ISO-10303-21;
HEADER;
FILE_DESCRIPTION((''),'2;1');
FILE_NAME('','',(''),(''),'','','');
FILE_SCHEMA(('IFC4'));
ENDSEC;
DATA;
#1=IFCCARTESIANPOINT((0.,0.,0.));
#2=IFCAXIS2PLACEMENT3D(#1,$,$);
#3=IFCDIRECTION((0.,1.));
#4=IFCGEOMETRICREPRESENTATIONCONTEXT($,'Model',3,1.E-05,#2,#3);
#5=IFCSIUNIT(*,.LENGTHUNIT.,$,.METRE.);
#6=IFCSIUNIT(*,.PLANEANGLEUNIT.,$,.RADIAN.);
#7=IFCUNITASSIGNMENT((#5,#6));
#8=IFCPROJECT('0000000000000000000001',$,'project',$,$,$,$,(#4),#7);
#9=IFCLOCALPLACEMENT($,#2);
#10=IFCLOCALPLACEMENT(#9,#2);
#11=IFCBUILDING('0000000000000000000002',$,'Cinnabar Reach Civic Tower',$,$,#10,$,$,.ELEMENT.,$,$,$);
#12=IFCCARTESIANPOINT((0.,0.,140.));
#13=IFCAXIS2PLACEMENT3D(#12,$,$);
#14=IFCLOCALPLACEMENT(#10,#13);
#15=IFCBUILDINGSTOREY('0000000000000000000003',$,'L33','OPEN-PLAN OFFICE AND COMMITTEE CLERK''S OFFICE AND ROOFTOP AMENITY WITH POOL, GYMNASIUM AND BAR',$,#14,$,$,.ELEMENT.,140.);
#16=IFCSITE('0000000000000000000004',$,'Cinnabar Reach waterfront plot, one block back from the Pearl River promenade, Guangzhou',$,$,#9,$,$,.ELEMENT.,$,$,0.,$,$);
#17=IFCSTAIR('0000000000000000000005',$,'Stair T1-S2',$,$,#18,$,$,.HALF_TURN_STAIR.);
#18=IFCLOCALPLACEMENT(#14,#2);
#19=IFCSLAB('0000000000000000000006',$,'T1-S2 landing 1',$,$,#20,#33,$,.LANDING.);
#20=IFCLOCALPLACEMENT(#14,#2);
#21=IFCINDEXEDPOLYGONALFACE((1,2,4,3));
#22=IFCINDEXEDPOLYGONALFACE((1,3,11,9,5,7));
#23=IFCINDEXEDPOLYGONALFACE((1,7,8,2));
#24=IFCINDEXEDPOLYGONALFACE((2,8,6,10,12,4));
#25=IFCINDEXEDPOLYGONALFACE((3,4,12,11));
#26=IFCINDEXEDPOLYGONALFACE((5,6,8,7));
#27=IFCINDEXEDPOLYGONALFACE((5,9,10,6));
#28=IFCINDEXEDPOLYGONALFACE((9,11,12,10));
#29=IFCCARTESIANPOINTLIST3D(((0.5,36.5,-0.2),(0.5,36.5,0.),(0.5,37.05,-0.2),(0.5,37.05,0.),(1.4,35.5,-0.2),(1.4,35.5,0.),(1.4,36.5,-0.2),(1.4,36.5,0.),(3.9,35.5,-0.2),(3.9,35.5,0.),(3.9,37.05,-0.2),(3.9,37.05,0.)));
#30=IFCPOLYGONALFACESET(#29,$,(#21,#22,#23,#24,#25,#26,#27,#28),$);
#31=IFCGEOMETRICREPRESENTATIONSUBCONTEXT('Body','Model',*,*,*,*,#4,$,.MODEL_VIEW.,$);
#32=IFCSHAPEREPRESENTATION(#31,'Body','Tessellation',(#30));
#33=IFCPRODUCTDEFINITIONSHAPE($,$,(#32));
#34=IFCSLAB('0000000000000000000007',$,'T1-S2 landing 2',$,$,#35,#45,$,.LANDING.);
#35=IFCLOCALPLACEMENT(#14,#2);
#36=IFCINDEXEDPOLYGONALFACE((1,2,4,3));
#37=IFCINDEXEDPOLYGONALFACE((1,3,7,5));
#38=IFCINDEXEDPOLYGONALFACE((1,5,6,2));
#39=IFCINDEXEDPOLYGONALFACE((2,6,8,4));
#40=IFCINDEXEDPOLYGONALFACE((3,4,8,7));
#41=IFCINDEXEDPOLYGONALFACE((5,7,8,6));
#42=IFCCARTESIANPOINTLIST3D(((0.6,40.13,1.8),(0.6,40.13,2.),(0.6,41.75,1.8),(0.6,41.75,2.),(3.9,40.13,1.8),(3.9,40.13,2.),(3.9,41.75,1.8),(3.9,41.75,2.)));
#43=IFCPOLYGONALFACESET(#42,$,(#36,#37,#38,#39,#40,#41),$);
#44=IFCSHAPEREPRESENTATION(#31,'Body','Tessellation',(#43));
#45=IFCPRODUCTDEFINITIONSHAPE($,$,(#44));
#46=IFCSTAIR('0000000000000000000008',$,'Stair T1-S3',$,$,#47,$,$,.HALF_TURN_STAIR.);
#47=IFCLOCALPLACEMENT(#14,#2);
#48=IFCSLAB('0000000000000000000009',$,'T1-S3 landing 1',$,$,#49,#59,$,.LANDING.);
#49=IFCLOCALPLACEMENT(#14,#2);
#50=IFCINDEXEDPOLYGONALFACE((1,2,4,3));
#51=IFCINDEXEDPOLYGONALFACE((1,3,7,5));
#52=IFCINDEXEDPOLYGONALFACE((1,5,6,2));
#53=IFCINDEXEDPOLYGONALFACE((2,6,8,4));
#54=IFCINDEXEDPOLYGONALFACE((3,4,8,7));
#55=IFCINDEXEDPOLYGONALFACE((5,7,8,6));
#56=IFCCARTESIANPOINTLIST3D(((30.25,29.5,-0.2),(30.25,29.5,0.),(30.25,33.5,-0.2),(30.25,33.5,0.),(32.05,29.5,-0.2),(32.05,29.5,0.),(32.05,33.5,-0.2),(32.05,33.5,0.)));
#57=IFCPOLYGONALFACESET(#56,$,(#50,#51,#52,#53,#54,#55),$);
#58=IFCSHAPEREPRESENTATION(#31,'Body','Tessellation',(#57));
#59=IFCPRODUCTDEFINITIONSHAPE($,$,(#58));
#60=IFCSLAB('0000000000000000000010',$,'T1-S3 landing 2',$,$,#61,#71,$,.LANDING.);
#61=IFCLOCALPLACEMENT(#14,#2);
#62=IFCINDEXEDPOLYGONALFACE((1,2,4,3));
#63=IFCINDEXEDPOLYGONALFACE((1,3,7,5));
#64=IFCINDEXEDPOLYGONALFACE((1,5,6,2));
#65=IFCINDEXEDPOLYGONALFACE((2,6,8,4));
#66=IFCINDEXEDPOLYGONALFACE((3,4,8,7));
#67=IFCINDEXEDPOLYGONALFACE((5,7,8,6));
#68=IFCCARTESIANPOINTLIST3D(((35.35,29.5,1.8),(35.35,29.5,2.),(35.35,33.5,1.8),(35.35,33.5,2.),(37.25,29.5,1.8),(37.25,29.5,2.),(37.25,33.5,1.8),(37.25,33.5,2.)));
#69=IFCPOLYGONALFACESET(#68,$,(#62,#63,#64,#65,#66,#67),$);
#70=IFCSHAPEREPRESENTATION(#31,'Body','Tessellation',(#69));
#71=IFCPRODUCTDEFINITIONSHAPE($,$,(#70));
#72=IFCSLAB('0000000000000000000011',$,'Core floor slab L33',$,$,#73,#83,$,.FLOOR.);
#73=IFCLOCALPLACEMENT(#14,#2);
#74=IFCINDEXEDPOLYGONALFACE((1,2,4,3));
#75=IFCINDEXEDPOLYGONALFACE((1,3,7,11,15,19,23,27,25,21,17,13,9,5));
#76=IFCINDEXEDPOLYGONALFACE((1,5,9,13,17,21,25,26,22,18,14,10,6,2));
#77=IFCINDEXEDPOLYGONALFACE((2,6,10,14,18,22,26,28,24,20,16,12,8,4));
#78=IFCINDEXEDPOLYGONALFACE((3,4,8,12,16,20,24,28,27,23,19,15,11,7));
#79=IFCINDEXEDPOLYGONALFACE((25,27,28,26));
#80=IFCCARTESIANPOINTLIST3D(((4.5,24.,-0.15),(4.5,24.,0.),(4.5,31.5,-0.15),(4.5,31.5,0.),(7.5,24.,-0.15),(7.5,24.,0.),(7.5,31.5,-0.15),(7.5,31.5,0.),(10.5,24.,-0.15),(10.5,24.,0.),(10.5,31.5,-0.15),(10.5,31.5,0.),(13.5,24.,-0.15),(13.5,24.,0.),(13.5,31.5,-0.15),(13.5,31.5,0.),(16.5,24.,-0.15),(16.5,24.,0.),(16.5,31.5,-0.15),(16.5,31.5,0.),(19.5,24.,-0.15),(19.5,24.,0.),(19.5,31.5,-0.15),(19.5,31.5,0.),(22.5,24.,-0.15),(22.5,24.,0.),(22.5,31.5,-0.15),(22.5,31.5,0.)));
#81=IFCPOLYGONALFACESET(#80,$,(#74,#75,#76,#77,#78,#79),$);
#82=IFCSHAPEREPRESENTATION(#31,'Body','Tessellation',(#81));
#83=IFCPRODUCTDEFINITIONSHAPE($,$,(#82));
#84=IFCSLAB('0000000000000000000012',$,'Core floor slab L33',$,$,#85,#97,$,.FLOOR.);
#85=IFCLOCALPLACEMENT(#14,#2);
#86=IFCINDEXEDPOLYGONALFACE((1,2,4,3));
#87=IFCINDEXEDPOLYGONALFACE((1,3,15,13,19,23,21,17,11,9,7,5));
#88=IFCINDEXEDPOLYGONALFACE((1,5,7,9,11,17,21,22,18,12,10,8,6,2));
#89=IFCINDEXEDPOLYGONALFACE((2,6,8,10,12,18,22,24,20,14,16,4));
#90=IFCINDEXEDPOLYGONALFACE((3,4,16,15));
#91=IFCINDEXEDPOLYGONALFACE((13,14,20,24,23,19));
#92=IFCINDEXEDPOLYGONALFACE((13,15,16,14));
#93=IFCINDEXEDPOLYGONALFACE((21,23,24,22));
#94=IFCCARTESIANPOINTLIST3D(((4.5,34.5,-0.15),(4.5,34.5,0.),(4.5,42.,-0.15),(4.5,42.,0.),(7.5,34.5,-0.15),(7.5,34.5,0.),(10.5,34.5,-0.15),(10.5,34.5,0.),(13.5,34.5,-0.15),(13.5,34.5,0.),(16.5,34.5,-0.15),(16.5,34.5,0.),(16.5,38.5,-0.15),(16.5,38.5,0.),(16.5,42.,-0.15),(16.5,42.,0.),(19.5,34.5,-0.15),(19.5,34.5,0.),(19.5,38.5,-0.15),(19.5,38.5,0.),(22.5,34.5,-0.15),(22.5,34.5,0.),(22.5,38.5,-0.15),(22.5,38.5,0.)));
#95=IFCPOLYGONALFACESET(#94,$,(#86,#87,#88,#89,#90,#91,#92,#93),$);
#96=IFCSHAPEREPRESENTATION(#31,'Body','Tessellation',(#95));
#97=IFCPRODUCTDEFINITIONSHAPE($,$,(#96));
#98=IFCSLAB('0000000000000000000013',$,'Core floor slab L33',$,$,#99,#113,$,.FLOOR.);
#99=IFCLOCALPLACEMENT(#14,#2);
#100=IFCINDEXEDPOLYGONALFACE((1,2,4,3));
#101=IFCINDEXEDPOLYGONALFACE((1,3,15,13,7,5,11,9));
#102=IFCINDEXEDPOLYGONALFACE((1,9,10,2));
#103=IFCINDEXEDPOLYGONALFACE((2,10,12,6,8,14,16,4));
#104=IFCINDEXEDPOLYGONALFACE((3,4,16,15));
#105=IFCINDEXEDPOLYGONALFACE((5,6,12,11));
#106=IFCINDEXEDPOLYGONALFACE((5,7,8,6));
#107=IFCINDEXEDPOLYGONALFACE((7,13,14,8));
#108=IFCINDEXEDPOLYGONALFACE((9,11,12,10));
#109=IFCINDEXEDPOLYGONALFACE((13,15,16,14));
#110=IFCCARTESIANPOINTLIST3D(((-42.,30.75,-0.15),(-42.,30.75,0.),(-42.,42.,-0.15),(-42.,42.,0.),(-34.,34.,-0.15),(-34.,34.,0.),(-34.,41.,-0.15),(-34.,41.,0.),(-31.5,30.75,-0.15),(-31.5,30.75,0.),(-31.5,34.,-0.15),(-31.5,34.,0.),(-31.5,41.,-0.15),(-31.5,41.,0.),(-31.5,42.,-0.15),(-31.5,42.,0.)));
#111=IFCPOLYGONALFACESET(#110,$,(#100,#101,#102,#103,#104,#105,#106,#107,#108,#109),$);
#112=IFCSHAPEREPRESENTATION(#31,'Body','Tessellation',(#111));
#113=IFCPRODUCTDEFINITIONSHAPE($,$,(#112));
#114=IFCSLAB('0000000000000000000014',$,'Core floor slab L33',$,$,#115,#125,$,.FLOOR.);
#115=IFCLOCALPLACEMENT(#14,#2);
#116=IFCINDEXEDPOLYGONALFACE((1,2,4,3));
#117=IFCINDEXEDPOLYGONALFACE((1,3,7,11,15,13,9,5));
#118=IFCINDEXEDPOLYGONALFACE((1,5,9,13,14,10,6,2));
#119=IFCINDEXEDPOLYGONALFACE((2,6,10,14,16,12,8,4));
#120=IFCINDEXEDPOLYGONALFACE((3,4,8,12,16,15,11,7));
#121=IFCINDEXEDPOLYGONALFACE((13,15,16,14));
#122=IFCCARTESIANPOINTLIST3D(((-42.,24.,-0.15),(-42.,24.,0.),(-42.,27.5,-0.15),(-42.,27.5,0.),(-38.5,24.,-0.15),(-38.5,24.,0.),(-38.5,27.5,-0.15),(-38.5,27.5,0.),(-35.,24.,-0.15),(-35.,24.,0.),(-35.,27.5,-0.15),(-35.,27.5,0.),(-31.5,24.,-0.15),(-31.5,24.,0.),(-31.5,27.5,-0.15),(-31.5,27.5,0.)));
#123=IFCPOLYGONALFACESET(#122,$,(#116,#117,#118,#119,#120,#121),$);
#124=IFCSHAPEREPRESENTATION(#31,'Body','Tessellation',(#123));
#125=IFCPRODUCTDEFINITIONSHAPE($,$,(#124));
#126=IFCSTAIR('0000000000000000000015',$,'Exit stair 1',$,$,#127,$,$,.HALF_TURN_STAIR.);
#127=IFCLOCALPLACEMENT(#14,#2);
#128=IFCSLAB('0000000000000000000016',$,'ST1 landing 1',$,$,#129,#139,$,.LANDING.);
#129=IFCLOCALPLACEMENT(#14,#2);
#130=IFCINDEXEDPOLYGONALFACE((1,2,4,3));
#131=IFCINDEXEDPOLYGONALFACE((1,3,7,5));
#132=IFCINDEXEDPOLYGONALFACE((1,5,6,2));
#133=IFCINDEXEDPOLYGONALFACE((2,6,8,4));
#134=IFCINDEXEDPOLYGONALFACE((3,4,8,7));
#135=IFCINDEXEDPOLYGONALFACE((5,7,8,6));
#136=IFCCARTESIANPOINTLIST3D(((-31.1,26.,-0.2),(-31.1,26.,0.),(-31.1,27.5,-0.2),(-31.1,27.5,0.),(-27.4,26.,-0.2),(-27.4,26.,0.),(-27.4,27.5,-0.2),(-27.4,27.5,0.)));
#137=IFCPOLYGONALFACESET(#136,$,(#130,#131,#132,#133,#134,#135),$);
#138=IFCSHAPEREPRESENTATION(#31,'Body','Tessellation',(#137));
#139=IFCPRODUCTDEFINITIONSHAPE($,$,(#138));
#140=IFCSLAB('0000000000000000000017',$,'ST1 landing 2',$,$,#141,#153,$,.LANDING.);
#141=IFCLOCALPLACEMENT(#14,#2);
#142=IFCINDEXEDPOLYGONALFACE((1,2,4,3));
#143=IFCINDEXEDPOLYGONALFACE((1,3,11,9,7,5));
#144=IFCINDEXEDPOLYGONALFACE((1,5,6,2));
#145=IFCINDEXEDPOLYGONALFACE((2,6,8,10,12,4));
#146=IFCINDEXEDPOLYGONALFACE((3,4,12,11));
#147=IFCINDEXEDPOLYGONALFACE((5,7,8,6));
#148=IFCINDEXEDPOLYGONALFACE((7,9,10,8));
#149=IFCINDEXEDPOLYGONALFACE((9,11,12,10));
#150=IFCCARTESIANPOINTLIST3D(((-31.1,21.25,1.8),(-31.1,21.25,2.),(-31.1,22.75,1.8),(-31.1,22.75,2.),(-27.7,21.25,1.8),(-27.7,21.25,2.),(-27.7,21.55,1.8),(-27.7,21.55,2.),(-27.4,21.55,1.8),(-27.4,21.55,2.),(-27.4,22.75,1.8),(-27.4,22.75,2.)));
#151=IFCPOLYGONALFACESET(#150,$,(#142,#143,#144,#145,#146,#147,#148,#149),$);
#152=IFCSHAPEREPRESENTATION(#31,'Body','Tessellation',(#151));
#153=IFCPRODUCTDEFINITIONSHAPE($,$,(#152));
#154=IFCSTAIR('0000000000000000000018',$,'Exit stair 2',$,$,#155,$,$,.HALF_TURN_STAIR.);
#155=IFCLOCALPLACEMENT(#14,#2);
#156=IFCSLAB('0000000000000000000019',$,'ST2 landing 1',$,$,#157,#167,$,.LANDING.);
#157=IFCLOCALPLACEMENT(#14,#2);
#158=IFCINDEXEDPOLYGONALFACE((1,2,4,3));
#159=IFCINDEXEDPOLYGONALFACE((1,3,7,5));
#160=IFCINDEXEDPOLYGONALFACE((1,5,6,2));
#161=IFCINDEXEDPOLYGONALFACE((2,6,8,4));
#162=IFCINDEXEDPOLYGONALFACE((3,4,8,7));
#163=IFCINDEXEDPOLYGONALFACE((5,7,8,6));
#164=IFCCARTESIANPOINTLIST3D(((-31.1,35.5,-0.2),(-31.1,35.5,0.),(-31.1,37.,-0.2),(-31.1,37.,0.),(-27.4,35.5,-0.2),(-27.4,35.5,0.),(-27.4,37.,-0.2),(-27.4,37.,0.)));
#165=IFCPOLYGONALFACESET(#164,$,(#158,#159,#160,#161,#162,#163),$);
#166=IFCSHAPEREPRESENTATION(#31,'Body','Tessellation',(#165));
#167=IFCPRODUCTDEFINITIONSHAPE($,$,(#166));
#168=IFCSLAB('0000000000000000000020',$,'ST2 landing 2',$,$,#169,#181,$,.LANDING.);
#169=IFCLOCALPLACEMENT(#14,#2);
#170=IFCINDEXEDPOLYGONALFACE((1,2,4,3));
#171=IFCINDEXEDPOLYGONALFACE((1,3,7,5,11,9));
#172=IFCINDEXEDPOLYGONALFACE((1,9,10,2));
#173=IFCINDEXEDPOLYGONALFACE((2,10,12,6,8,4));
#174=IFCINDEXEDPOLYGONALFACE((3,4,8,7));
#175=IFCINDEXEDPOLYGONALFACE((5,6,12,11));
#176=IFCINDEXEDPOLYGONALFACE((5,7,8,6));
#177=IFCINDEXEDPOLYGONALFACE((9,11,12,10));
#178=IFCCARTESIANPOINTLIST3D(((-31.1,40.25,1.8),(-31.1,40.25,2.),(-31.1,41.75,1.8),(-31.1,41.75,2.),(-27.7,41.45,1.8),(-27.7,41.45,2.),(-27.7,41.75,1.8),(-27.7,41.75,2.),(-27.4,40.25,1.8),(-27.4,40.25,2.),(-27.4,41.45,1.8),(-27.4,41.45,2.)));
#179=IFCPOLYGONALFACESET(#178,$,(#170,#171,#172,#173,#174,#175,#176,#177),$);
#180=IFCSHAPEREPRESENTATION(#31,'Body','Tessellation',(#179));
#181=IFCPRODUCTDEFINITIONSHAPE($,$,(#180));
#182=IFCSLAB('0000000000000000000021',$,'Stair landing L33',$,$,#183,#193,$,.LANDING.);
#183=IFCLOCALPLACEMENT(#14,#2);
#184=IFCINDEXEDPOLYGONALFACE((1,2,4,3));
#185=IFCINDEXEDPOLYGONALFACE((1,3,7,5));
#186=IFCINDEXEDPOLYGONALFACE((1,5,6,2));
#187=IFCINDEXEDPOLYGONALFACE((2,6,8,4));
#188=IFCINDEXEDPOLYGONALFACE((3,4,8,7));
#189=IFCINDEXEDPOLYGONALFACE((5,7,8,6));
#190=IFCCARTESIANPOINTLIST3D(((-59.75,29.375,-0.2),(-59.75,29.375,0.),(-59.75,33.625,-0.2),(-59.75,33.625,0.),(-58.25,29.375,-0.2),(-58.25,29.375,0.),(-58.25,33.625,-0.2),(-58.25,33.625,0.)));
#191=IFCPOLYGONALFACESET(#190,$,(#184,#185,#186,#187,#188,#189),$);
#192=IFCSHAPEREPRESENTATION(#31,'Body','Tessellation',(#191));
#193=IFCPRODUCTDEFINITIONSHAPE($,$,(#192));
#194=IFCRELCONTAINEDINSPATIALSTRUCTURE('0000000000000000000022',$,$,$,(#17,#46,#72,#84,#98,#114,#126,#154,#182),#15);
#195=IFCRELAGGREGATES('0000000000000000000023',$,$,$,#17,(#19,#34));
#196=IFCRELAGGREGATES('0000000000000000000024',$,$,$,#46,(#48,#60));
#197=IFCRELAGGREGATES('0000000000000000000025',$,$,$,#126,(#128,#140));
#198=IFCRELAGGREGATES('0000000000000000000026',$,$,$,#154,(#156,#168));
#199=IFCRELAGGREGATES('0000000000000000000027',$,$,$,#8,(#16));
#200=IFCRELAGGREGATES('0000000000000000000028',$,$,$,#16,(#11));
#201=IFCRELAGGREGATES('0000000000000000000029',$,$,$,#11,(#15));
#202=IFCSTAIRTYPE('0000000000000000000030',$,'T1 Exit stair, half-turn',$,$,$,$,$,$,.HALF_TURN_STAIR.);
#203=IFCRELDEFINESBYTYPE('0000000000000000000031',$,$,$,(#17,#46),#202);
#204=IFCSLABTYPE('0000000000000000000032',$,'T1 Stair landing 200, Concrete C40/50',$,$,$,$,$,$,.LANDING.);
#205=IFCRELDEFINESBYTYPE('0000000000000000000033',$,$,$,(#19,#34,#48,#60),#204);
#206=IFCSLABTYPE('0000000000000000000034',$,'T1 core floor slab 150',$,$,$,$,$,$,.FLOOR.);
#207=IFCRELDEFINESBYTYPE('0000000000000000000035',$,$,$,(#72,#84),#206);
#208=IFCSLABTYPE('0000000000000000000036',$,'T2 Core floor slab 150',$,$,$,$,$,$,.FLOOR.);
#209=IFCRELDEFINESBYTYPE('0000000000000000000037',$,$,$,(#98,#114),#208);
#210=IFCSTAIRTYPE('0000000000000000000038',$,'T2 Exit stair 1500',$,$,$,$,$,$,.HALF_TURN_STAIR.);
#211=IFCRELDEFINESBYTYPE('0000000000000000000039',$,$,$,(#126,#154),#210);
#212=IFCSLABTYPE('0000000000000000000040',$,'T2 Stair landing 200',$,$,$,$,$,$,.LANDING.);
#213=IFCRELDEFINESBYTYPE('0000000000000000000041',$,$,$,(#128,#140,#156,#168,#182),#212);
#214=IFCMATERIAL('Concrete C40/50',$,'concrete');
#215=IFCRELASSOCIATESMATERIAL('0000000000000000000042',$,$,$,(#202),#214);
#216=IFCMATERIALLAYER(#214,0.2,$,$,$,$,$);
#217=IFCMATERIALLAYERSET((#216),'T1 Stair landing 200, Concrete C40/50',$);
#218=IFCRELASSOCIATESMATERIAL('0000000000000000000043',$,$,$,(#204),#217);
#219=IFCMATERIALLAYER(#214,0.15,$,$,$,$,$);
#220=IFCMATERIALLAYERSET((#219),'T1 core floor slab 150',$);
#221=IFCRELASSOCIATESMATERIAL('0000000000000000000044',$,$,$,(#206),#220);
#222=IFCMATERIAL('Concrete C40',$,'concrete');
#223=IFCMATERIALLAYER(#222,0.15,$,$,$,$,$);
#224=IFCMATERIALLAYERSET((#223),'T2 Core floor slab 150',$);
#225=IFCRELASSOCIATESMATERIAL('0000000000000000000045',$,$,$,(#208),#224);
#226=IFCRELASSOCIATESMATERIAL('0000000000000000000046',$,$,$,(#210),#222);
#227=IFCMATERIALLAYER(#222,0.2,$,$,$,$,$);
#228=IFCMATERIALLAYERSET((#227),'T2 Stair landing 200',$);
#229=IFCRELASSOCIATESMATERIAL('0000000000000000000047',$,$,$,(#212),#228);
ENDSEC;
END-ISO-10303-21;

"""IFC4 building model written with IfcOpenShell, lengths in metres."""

from ifc_helpers import new_model, si_unit, direction, frame, origin, place, context, subcontext, project, spatial, polyline, outline, extrude, material, layer, layer_set, type_object, element, aggregate, save


model = new_model("IFC4")

# Units and contexts
model_context = context("Model", 3, precision=1e-05, world=origin(), true_north=direction((0.0, 1.0)))
body_context = subcontext(model_context, "Body", "Model", "MODEL_VIEW")
ifc_project = project(units=[si_unit("LENGTHUNIT", "METRE"), si_unit("PLANEANGLEUNIT", "RADIAN")], contexts=[model_context])

# Site, building, storey
site_placement = place(None, origin())
site = spatial("IfcSite", under=ifc_project, at=site_placement, Name="Cinnabar Reach waterfront plot, one block back from the Pearl River promenade, Guangzhou", CompositionType="ELEMENT", RefElevation=0.0)
building_placement = place(site_placement, origin())
building = spatial("IfcBuilding", under=site, at=building_placement, Name="Cinnabar Reach Civic Tower", CompositionType="ELEMENT")
storey_placement = place(building_placement, frame((0.0, 0.0, 140.0)))
storey = spatial("IfcBuildingStorey", under=building, at=storey_placement, Name="L33", Description="OPEN-PLAN OFFICE AND COMMITTEE CLERK'S OFFICE AND ROOFTOP AMENITY WITH POOL, GYMNASIUM AND BAR", CompositionType="ELEMENT", Elevation=140.0)

# Shared definitions
ifc_material_1 = material(Name="Concrete C40", Category="concrete")

# Stairs, slabs
ifc_material_2 = material(Name="Concrete C40/50", Category="concrete")
stair_type_1 = type_object("IfcStairType", Name="T1 Exit stair, half-turn", PredefinedType="HALF_TURN_STAIR", material=ifc_material_2)
ifc_layer_1 = layer(ifc_material_2, 0.2)
ifc_layer_set_1 = layer_set([ifc_layer_1], Name="T1 Stair landing 200, Concrete C40/50")
slab_type_1 = type_object("IfcSlabType", Name="T1 Stair landing 200, Concrete C40/50", PredefinedType="LANDING", material=ifc_layer_set_1)
stair_1_placement = place(storey_placement, origin())
stair_1 = element("IfcStair", 1, at=stair_1_placement, inside=storey, type_object=stair_type_1, Name="Stair T1-S2", PredefinedType="HALF_TURN_STAIR")
slab_1_placement = place(storey_placement, frame((0.0, 0.0, -0.2)))
slab_1 = element("IfcSlab", 2, at=slab_1_placement, type_object=slab_type_1, Name="T1-S2 landing 1", PredefinedType="LANDING", context=body_context, shape_type="SweptSolid", body=[
    extrude(outline(polyline([(0.5, 37.05), (3.9, 37.05), (3.9, 35.5), (1.4, 35.5), (1.4, 36.5), (0.5, 36.5), (0.5, 37.05)])), origin(), (0.0, 0.0, 1.0), 0.2),
])
slab_2_placement = place(storey_placement, frame((0.0, 0.0, 1.8)))
slab_2 = element("IfcSlab", 3, at=slab_2_placement, type_object=slab_type_1, Name="T1-S2 landing 2", PredefinedType="LANDING", context=body_context, shape_type="SweptSolid", body=[
    extrude(outline(polyline([(0.6, 40.13), (0.6, 41.75), (3.9, 41.75), (3.9, 40.13), (0.6, 40.13)])), origin(), (0.0, 0.0, 1.0), 0.2),
])
aggregate(stair_1, [slab_1, slab_2])
stair_2_placement = place(storey_placement, origin())
stair_2 = element("IfcStair", 4, at=stair_2_placement, inside=storey, type_object=stair_type_1, Name="Stair T1-S3", PredefinedType="HALF_TURN_STAIR")
slab_3_placement = place(storey_placement, frame((0.0, 0.0, -0.2)))
slab_3 = element("IfcSlab", 5, at=slab_3_placement, type_object=slab_type_1, Name="T1-S3 landing 1", PredefinedType="LANDING", context=body_context, shape_type="SweptSolid", body=[
    extrude(outline(polyline([(30.25, 29.5), (32.05, 29.5), (32.05, 33.5), (30.25, 33.5), (30.25, 29.5)])), origin(), (0.0, 0.0, 1.0), 0.2),
])
slab_4_placement = place(storey_placement, frame((0.0, 0.0, 1.8)))
slab_4 = element("IfcSlab", 6, at=slab_4_placement, type_object=slab_type_1, Name="T1-S3 landing 2", PredefinedType="LANDING", context=body_context, shape_type="SweptSolid", body=[
    extrude(outline(polyline([(35.35, 29.5), (37.25, 29.5), (37.25, 33.5), (35.35, 33.5), (35.35, 29.5)])), origin(), (0.0, 0.0, 1.0), 0.2),
])
aggregate(stair_2, [slab_3, slab_4])

# Slabs
ifc_layer_2 = layer(ifc_material_2, 0.15)
ifc_layer_set_2 = layer_set([ifc_layer_2], Name="T1 core floor slab 150")
slab_type_2 = type_object("IfcSlabType", Name="T1 core floor slab 150", PredefinedType="FLOOR", material=ifc_layer_set_2)
slab_5_placement = place(storey_placement, frame((0.0, 0.0, -0.15)))
element("IfcSlab", 7, at=slab_5_placement, inside=storey, type_object=slab_type_2, Name="Core floor slab L33", PredefinedType="FLOOR", context=body_context, shape_type="SweptSolid", body=[
    extrude(outline(polyline([(22.5, 24.0), (19.5, 24.0), (16.5, 24.0), (13.5, 24.0), (10.5, 24.0), (7.5, 24.0), (4.5, 24.0), (4.5, 31.5), (7.5, 31.5), (10.5, 31.5), (13.5, 31.5), (16.5, 31.5), (19.5, 31.5), (22.5, 31.5), (22.5, 24.0)])), origin(), (0.0, 0.0, 1.0), 0.15),
])
slab_6_placement = place(storey_placement, frame((0.0, 0.0, -0.15)))
element("IfcSlab", 8, at=slab_6_placement, inside=storey, type_object=slab_type_2, Name="Core floor slab L33", PredefinedType="FLOOR", context=body_context, shape_type="SweptSolid", body=[
    extrude(outline(polyline([(22.5, 34.5), (19.5, 34.5), (16.5, 34.5), (13.5, 34.5), (10.5, 34.5), (7.5, 34.5), (4.5, 34.5), (4.5, 42.0), (16.5, 42.0), (16.5, 38.5), (19.5, 38.5), (22.5, 38.5), (22.5, 34.5)])), origin(), (0.0, 0.0, 1.0), 0.15),
])
ifc_layer_3 = layer(ifc_material_1, 0.15)
ifc_layer_set_3 = layer_set([ifc_layer_3], Name="T2 Core floor slab 150")
slab_type_3 = type_object("IfcSlabType", Name="T2 Core floor slab 150", PredefinedType="FLOOR", material=ifc_layer_set_3)
slab_7_placement = place(storey_placement, frame((0.0, 0.0, -0.15)))
element("IfcSlab", 9, at=slab_7_placement, inside=storey, type_object=slab_type_3, Name="Core floor slab L33", PredefinedType="FLOOR", context=body_context, shape_type="SweptSolid", body=[
    extrude(outline(polyline([(-42.0, 42.0), (-31.5, 42.0), (-31.5, 41.0), (-34.0, 41.0), (-34.0, 34.0), (-31.5, 34.0), (-31.5, 30.75), (-42.0, 30.75), (-42.0, 42.0)])), origin(), (0.0, 0.0, 1.0), 0.15),
])
slab_8_placement = place(storey_placement, frame((0.0, 0.0, -0.15)))
element("IfcSlab", 10, at=slab_8_placement, inside=storey, type_object=slab_type_3, Name="Core floor slab L33", PredefinedType="FLOOR", context=body_context, shape_type="SweptSolid", body=[
    extrude(outline(polyline([(-35.0, 24.0), (-38.5, 24.0), (-42.0, 24.0), (-42.0, 27.5), (-38.5, 27.5), (-35.0, 27.5), (-31.5, 27.5), (-31.5, 24.0), (-35.0, 24.0)])), origin(), (0.0, 0.0, 1.0), 0.15),
])

# Stairs, slabs
stair_type_2 = type_object("IfcStairType", Name="T2 Exit stair 1500", PredefinedType="HALF_TURN_STAIR", material=ifc_material_1)
stair_3_placement = place(storey_placement, origin())
stair_3 = element("IfcStair", 11, at=stair_3_placement, inside=storey, type_object=stair_type_2, Name="Exit stair 1", PredefinedType="HALF_TURN_STAIR")
ifc_layer_4 = layer(ifc_material_1, 0.2)
ifc_layer_set_4 = layer_set([ifc_layer_4], Name="T2 Stair landing 200")
slab_type_4 = type_object("IfcSlabType", Name="T2 Stair landing 200", PredefinedType="LANDING", material=ifc_layer_set_4)
slab_9_placement = place(storey_placement, frame((0.0, 0.0, -0.2)))
slab_9 = element("IfcSlab", 12, at=slab_9_placement, type_object=slab_type_4, Name="ST1 landing 1", PredefinedType="LANDING", context=body_context, shape_type="SweptSolid", body=[
    extrude(outline(polyline([(-31.1, 26.0), (-31.1, 27.5), (-27.4, 27.5), (-27.4, 26.0), (-31.1, 26.0)])), origin(), (0.0, 0.0, 1.0), 0.2),
])
slab_10_placement = place(storey_placement, frame((0.0, 0.0, 1.8)))
slab_10 = element("IfcSlab", 13, at=slab_10_placement, type_object=slab_type_4, Name="ST1 landing 2", PredefinedType="LANDING", context=body_context, shape_type="SweptSolid", body=[
    extrude(outline(polyline([(-31.1, 21.25), (-31.1, 22.75), (-27.4, 22.75), (-27.4, 21.55), (-27.7, 21.55), (-27.7, 21.25), (-31.1, 21.25)])), origin(), (0.0, 0.0, 1.0), 0.2),
])
aggregate(stair_3, [slab_9, slab_10])
stair_4_placement = place(storey_placement, origin())
stair_4 = element("IfcStair", 14, at=stair_4_placement, inside=storey, type_object=stair_type_2, Name="Exit stair 2", PredefinedType="HALF_TURN_STAIR")
slab_11_placement = place(storey_placement, frame((0.0, 0.0, -0.2)))
slab_11 = element("IfcSlab", 15, at=slab_11_placement, type_object=slab_type_4, Name="ST2 landing 1", PredefinedType="LANDING", context=body_context, shape_type="SweptSolid", body=[
    extrude(outline(polyline([(-31.1, 35.5), (-31.1, 37.0), (-27.4, 37.0), (-27.4, 35.5), (-31.1, 35.5)])), origin(), (0.0, 0.0, 1.0), 0.2),
])
slab_12_placement = place(storey_placement, frame((0.0, 0.0, 1.8)))
slab_12 = element("IfcSlab", 16, at=slab_12_placement, type_object=slab_type_4, Name="ST2 landing 2", PredefinedType="LANDING", context=body_context, shape_type="SweptSolid", body=[
    extrude(outline(polyline([(-27.4, 40.25), (-31.1, 40.25), (-31.1, 41.75), (-27.7, 41.75), (-27.7, 41.45), (-27.4, 41.45), (-27.4, 40.25)])), origin(), (0.0, 0.0, 1.0), 0.2),
])
aggregate(stair_4, [slab_11, slab_12])

# Slab
slab_13_placement = place(storey_placement, frame((0.0, 0.0, -0.2)))
element("IfcSlab", 17, at=slab_13_placement, inside=storey, type_object=slab_type_4, Name="Stair landing L33", PredefinedType="LANDING", context=body_context, shape_type="SweptSolid", body=[
    extrude(outline(polyline([(-58.25, 29.375), (-58.25, 33.625), (-59.75, 33.625), (-59.75, 29.375), (-58.25, 29.375)])), origin(), (0.0, 0.0, 1.0), 0.2),
])

save(model, "model.ifc")
